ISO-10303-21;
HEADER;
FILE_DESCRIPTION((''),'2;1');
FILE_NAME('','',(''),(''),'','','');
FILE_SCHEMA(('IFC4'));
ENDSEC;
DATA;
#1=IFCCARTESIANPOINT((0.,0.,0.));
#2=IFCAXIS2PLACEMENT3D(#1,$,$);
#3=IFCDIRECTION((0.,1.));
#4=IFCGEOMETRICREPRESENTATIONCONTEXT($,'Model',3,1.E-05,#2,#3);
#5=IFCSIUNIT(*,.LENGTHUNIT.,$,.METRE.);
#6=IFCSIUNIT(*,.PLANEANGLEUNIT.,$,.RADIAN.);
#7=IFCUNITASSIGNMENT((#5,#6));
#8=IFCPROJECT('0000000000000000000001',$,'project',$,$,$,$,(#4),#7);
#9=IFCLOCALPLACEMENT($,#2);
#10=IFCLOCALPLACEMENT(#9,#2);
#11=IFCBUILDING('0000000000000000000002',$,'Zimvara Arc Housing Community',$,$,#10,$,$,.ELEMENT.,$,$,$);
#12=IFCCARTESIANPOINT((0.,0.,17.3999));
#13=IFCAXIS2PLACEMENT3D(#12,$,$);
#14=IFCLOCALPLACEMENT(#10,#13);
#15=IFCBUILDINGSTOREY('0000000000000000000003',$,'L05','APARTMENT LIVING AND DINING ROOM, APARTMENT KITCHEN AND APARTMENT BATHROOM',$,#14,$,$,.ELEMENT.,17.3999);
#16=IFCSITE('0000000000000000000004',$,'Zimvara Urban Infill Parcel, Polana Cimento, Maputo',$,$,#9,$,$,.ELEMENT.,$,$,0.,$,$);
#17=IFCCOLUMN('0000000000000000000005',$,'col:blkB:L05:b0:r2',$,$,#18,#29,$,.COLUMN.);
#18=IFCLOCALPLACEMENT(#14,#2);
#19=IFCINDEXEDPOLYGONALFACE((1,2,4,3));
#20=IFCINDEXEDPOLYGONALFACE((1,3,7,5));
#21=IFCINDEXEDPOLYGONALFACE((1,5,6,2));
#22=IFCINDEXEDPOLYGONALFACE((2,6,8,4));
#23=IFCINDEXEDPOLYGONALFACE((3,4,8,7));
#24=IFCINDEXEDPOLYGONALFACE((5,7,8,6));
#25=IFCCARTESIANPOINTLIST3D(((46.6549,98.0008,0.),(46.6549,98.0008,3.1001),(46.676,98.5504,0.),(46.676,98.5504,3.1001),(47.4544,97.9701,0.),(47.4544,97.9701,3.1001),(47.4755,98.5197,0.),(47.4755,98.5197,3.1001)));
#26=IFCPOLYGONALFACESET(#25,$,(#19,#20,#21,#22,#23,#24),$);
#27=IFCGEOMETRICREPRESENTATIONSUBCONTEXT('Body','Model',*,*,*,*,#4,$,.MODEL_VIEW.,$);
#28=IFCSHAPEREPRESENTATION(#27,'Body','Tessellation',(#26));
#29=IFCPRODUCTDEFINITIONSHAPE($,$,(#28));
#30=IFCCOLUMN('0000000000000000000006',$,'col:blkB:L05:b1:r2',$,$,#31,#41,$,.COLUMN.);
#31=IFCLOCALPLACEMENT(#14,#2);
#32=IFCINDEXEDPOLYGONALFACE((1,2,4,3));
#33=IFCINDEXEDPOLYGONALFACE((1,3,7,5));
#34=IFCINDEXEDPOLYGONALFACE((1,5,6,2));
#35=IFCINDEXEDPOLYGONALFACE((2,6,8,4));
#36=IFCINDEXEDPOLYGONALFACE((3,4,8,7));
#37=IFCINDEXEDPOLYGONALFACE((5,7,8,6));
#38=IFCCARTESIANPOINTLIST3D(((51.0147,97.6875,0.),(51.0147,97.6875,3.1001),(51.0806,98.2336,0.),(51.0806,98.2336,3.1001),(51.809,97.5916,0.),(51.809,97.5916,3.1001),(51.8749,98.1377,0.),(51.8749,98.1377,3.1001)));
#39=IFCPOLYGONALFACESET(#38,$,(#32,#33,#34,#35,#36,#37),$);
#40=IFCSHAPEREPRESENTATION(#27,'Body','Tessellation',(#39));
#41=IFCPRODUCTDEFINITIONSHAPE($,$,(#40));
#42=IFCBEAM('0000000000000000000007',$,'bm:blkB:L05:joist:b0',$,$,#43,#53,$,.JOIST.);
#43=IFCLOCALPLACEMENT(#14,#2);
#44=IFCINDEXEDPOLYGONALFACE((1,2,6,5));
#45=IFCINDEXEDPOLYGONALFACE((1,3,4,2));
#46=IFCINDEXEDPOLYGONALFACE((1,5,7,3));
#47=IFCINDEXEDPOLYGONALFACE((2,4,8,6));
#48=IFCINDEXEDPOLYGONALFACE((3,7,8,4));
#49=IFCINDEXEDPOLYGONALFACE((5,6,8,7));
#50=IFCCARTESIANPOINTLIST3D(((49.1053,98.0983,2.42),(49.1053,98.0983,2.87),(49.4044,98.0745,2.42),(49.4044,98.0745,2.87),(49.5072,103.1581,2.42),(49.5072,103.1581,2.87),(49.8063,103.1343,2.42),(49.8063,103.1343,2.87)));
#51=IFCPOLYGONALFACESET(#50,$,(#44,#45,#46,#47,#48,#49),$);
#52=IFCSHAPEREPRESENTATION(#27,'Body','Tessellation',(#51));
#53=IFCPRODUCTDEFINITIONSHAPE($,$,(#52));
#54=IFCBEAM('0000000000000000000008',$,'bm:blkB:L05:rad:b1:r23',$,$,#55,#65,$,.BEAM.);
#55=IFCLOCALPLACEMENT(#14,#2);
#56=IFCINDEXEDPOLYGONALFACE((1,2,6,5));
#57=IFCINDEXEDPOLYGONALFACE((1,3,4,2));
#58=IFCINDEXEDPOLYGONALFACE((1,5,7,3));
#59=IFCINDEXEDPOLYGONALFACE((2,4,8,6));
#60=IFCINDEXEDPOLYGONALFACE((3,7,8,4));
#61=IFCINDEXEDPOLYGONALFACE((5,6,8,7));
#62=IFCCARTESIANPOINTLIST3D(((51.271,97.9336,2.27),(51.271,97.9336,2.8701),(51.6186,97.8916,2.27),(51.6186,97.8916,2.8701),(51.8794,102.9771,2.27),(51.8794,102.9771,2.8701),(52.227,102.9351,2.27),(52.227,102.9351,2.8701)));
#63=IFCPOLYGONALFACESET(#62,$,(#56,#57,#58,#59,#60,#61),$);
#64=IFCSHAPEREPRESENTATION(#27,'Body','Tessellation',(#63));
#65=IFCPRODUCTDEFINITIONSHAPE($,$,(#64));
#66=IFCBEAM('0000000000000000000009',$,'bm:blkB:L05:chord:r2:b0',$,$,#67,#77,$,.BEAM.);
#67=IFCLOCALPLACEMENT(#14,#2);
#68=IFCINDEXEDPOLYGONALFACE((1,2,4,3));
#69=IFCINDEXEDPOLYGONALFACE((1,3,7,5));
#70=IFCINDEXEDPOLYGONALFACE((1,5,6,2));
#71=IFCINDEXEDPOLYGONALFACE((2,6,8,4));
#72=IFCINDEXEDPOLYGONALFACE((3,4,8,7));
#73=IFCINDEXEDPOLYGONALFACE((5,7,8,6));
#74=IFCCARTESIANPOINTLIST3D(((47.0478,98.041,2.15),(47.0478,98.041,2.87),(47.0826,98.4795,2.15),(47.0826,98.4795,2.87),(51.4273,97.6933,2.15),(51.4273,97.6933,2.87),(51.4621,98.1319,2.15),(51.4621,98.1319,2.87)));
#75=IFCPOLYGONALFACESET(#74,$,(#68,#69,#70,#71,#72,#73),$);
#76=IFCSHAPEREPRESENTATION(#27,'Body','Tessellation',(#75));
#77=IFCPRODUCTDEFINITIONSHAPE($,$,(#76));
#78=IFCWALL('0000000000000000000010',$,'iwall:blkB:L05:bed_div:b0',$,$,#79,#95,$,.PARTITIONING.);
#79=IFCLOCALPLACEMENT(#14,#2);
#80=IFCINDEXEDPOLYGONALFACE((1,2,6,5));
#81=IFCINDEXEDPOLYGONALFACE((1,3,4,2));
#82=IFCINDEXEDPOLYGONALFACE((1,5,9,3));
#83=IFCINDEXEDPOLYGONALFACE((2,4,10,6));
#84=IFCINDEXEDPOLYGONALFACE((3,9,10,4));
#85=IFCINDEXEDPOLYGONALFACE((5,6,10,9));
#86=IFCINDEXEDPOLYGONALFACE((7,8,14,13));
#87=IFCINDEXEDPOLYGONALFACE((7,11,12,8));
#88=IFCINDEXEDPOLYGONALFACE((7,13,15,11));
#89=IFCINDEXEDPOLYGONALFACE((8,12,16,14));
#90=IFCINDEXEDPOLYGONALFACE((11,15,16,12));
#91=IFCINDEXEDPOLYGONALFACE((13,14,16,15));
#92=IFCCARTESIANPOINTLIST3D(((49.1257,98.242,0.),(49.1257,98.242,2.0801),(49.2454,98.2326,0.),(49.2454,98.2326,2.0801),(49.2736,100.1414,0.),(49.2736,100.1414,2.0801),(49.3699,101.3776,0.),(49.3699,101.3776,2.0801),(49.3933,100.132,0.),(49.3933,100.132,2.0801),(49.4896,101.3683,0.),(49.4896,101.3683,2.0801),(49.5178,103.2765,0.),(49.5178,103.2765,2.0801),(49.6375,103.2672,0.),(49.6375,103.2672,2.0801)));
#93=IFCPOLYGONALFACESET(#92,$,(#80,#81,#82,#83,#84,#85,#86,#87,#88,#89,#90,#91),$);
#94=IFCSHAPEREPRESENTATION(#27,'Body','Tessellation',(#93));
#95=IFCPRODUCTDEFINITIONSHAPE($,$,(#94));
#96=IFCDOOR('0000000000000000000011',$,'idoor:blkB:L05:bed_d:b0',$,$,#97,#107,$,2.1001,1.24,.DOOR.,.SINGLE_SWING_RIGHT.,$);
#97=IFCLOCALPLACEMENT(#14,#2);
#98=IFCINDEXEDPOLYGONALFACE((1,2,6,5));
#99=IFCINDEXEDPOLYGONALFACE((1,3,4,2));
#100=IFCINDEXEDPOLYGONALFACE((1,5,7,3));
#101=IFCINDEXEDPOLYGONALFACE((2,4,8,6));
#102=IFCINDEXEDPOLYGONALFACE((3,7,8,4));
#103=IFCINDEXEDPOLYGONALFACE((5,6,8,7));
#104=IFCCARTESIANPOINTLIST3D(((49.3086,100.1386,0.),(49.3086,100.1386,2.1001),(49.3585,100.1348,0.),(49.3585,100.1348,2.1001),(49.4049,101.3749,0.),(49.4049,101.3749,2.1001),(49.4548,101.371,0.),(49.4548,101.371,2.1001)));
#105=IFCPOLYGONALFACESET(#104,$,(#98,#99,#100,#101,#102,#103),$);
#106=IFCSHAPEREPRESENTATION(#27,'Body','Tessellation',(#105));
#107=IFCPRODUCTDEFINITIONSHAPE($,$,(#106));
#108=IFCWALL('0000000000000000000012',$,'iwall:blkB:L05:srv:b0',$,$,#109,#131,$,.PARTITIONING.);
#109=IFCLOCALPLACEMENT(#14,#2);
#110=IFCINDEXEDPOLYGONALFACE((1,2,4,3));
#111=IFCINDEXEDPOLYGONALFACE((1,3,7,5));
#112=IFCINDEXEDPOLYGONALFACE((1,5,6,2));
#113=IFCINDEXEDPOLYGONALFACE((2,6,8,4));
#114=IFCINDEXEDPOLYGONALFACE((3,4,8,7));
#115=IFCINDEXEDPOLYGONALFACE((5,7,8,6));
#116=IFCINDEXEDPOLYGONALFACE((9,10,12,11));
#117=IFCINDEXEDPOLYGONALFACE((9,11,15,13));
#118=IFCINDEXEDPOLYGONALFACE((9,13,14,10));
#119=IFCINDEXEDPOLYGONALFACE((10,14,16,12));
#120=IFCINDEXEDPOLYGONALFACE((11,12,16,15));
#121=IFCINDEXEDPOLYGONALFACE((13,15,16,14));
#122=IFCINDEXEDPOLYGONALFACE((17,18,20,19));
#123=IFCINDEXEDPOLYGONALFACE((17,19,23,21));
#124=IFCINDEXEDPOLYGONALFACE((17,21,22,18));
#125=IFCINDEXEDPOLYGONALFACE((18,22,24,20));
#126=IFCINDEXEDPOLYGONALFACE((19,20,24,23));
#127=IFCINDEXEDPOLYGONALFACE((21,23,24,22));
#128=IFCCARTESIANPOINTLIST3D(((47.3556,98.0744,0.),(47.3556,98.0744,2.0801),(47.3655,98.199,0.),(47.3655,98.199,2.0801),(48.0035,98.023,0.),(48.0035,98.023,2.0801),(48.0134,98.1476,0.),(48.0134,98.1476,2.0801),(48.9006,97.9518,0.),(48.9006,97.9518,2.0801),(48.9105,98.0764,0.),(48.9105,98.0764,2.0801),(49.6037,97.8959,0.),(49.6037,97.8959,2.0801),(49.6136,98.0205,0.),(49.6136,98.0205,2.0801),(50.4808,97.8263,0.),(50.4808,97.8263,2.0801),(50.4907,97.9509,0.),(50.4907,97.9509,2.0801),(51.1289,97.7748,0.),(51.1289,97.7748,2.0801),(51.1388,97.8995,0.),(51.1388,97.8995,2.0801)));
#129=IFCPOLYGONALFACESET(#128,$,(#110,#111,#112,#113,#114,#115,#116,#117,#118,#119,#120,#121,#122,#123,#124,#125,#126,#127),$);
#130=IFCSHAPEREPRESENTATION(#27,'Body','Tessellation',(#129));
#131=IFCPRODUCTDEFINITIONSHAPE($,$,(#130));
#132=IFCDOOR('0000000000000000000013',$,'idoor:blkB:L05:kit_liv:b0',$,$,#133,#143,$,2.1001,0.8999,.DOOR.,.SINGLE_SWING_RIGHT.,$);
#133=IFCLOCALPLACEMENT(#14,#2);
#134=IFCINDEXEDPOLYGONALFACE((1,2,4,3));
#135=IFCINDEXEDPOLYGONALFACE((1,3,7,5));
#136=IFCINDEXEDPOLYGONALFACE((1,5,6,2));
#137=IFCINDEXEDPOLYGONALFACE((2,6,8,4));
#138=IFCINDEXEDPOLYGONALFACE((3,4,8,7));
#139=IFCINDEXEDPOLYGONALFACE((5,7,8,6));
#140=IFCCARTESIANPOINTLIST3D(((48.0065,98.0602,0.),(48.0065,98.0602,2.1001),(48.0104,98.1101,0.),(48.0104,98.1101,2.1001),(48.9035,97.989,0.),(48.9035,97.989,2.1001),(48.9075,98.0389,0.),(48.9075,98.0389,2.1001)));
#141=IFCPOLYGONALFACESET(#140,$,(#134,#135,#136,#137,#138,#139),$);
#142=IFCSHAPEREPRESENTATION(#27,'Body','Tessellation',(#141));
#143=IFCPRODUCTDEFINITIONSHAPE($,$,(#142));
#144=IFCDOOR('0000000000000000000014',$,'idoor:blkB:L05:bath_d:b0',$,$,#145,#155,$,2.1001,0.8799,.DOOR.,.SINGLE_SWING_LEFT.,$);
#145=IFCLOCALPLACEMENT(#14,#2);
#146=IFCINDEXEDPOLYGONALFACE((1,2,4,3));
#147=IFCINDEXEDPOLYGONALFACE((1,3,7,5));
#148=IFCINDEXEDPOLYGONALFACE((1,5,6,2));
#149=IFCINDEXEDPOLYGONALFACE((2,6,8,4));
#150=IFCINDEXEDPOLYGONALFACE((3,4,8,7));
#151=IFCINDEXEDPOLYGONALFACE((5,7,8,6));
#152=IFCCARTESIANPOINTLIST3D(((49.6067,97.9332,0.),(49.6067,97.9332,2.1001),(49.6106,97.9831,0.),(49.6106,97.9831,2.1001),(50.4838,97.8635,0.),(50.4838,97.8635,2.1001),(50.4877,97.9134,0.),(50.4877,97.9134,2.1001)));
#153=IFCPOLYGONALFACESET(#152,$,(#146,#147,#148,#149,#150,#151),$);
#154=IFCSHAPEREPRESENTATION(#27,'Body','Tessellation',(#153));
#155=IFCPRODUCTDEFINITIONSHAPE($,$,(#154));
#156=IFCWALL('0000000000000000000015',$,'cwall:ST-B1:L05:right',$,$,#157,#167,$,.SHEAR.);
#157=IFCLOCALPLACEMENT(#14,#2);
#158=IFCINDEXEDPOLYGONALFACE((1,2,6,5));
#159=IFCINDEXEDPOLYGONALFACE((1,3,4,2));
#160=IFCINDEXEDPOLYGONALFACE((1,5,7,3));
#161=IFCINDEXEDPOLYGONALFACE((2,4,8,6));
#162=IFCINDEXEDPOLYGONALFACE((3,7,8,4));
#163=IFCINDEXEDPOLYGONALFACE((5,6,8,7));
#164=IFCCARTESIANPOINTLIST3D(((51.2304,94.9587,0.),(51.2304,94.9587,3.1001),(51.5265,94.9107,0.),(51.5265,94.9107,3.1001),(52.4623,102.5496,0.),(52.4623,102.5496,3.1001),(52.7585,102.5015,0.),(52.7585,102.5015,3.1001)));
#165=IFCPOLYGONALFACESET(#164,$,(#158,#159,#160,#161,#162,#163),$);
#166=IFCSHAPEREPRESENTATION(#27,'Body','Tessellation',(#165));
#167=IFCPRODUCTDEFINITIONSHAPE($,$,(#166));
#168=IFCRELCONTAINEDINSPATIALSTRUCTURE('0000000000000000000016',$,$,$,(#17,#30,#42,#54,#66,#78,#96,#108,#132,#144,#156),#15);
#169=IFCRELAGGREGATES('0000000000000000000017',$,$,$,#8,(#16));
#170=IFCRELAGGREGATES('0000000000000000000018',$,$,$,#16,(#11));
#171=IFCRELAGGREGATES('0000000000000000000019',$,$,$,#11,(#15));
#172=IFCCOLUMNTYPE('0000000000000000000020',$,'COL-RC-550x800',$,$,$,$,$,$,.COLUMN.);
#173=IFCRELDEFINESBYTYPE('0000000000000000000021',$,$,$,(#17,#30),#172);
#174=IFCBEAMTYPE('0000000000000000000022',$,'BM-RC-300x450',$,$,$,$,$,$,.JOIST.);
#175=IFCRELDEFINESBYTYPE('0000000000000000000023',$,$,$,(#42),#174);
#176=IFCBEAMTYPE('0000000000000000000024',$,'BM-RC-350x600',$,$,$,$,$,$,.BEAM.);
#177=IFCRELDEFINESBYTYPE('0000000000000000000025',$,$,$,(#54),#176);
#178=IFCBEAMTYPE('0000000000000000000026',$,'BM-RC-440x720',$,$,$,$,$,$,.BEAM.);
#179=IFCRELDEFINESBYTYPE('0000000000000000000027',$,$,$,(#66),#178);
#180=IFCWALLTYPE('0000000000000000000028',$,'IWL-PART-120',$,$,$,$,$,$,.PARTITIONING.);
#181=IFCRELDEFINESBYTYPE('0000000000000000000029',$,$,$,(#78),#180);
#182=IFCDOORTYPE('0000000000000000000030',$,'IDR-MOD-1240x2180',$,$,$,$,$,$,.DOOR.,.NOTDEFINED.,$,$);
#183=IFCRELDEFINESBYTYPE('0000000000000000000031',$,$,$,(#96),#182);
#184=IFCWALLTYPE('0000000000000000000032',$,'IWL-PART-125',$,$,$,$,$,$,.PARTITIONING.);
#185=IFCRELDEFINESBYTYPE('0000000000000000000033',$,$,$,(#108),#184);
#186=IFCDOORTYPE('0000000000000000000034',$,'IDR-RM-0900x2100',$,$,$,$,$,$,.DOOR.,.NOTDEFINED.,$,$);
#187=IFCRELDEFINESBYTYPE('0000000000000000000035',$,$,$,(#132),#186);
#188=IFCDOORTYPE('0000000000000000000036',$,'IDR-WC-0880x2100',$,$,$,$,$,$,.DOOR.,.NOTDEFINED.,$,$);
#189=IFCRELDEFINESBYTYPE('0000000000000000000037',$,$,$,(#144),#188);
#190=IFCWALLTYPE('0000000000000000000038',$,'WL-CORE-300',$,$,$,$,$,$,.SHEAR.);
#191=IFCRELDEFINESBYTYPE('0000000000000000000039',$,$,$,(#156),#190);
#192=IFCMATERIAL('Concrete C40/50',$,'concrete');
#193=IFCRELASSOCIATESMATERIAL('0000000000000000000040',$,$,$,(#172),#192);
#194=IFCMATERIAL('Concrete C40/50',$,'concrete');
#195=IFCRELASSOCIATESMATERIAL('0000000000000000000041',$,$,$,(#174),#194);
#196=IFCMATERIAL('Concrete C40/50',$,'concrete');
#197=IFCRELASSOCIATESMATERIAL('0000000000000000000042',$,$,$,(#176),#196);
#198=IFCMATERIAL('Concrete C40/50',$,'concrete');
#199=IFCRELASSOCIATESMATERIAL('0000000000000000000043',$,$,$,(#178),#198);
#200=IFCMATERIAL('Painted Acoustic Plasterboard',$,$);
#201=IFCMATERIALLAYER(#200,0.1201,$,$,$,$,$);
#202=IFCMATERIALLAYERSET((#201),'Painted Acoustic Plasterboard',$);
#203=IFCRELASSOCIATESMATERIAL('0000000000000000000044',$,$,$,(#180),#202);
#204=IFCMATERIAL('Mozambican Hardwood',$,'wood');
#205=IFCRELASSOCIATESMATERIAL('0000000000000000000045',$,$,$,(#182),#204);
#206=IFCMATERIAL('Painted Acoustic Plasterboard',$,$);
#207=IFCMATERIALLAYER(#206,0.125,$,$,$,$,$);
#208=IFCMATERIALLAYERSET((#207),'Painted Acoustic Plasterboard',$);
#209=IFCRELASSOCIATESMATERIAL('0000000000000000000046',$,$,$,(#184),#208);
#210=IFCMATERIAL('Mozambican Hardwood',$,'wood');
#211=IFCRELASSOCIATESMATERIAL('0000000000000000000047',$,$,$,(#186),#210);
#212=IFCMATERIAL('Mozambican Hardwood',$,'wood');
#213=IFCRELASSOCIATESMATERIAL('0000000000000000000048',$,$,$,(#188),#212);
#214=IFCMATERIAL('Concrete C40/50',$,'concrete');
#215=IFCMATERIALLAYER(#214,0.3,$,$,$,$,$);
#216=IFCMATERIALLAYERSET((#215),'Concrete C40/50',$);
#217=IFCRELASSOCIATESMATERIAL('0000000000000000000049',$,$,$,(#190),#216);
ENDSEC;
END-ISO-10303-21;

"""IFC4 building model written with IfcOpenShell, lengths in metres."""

from ifc_helpers import new_model, si_unit, direction, frame, frame_2d, origin, origin_2d, place, context, subcontext, project, spatial, rectangle, extrude, material, layer, layer_set, material_profile, profile_set, type_object, element, fill, save


model = new_model("IFC4")

# Units and contexts
model_context = context("Model", 3, precision=1e-05, world=origin(), true_north=direction((0.0, 1.0)))
body_context = subcontext(model_context, "Body", "Model", "MODEL_VIEW")
ifc_project = project(units=[si_unit("LENGTHUNIT", "METRE"), si_unit("PLANEANGLEUNIT", "RADIAN")], contexts=[model_context])

# Site, building, storey
site_placement = place(None, origin())
site = spatial("IfcSite", under=ifc_project, at=site_placement, Name="Zimvara Urban Infill Parcel, Polana Cimento, Maputo", CompositionType="ELEMENT", RefElevation=0.0)
building_placement = place(site_placement, origin())
building = spatial("IfcBuilding", under=site, at=building_placement, Name="Zimvara Arc Housing Community", CompositionType="ELEMENT")
storey_placement = place(building_placement, frame((0.0, 0.0, 17.3999)))
storey = spatial("IfcBuildingStorey", under=building, at=storey_placement, Name="L05", Description="APARTMENT LIVING AND DINING ROOM, APARTMENT KITCHEN AND APARTMENT BATHROOM", CompositionType="ELEMENT", Elevation=17.3999)

# Columns
ifc_material_1 = material(Name="Concrete C40/50", Category="concrete")
ifc_material_profile_1 = material_profile(ifc_material_1, rectangle(XDim=0.55, YDim=0.8, at=origin_2d()), Name="RC 550x800")
ifc_profile_set_1 = profile_set([ifc_material_profile_1], Name="Concrete C40/50")
column_type = type_object("IfcColumnType", Name="COL-RC-550x800", PredefinedType="COLUMN", material=ifc_profile_set_1)
for number, where, z_axis, x_axis, name in (
    (1, (47.0652, 98.2603, 0.0), (0.0, 0.0, 1.0), (0.038388, 0.999263, 0.0), "col:blkB:L05:b0:r2"),
    (2, (51.4448, 97.9126, 0.0), (0.0, 0.0, 1.0), (0.11979, 0.992799, 0.0), "col:blkB:L05:b1:r2"),
):
    element("IfcColumn", number, at=place(storey_placement, frame(where, z_axis=z_axis, x_axis=x_axis)), inside=storey, type_object=column_type, Name=name, PredefinedType="COLUMN", context=body_context, shape_type="SweptSolid", body=[
        extrude(rectangle(XDim=0.55, YDim=0.8, at=origin_2d()), origin(), (0.0, 0.0, 1.0), 3.1001),
    ])

# Beams
ifc_material_2 = material(Name="Concrete C40/50", Category="concrete")
ifc_material_profile_2 = material_profile(ifc_material_2, rectangle(XDim=0.3, YDim=0.45, at=origin_2d()), Name="RC 300x450")
ifc_profile_set_2 = profile_set([ifc_material_profile_2], Name="Concrete C40/50")
beam_type_1 = type_object("IfcBeamType", Name="BM-RC-300x450", PredefinedType="JOIST", material=ifc_profile_set_2)
beam_1_placement = place(storey_placement, frame((49.2549, 98.0864, 2.645), z_axis=(0.079172, 0.996861, 0.0), x_axis=(-0.996861, 0.079172, 0.0)))
element("IfcBeam", 3, at=beam_1_placement, inside=storey, type_object=beam_type_1, Name="bm:blkB:L05:joist:b0", PredefinedType="JOIST", context=body_context, shape_type="SweptSolid", body=[
    extrude(rectangle(XDim=0.3, YDim=0.45, at=origin_2d()), origin(), (0.0, 0.0, 1.0), 5.0757),
])
ifc_material_3 = material(Name="Concrete C40/50", Category="concrete")
ifc_material_profile_3 = material_profile(ifc_material_3, rectangle(XDim=0.3501, YDim=0.6001, at=origin_2d()), Name="RC 350x600")
ifc_profile_set_3 = profile_set([ifc_material_profile_3], Name="Concrete C40/50")
beam_type_2 = type_object("IfcBeamType", Name="BM-RC-350x600", PredefinedType="BEAM", material=ifc_profile_set_3)
beam_2_placement = place(storey_placement, frame((51.4448, 97.9126, 2.5701), z_axis=(0.119763, 0.992803, 0.0), x_axis=(-0.992803, 0.119763, 0.0)))
element("IfcBeam", 4, at=beam_2_placement, inside=storey, type_object=beam_type_2, Name="bm:blkB:L05:rad:b1:r23", PredefinedType="BEAM", context=body_context, shape_type="SweptSolid", body=[
    extrude(rectangle(XDim=0.3501, YDim=0.6001, at=origin_2d()), origin(), (0.0, 0.0, 1.0), 5.0801),
])
ifc_material_4 = material(Name="Concrete C40/50", Category="concrete")
ifc_material_profile_4 = material_profile(ifc_material_4, rectangle(XDim=0.4399, YDim=0.72, at=origin_2d()), Name="RC 440x720")
ifc_profile_set_4 = profile_set([ifc_material_profile_4], Name="Concrete C40/50")
beam_type_3 = type_object("IfcBeamType", Name="BM-RC-440x720", PredefinedType="BEAM", material=ifc_profile_set_4)
beam_3_placement = place(storey_placement, frame((47.0652, 98.2603, 2.51), z_axis=(0.996864, -0.079131, 0.0), x_axis=(0.079131, 0.996864, 0.0)))
element("IfcBeam", 5, at=beam_3_placement, inside=storey, type_object=beam_type_3, Name="bm:blkB:L05:chord:r2:b0", PredefinedType="BEAM", context=body_context, shape_type="SweptSolid", body=[
    extrude(rectangle(XDim=0.4399, YDim=0.72, at=origin_2d()), origin(), (0.0, 0.0, 1.0), 4.3933),
])

# Wall, opening, door
ifc_material_5 = material(Name="Painted Acoustic Plasterboard")
ifc_layer_1 = layer(ifc_material_5, 0.1201)
ifc_layer_set_1 = layer_set([ifc_layer_1], Name="Painted Acoustic Plasterboard")
wall_type_1 = type_object("IfcWallType", Name="IWL-PART-120", PredefinedType="PARTITIONING", material=ifc_layer_set_1)
wall_1_placement = place(storey_placement, frame((49.1855, 98.2373, 0.0), z_axis=(0.0, 0.0, 1.0), x_axis=(0.077643, 0.996981, 0.0)))
wall_1 = element("IfcWall", 6, at=wall_1_placement, inside=storey, type_object=wall_type_1, Name="iwall:blkB:L05:bed_div:b0", PredefinedType="PARTITIONING", context=body_context, shape_type="SweptSolid", body=[
    extrude(rectangle(XDim=5.0498, YDim=0.1201, at=frame_2d((2.5249, 0.0))), origin(), (0.0, 0.0, 1.0), 2.0801),
])
opening_1_placement = place(wall_1_placement, frame((1.905, 0.0, 0.0)))
opening_1 = element("IfcOpeningElement", 7, at=opening_1_placement, cuts=wall_1, PredefinedType="OPENING", context=body_context, shape_type="SweptSolid", body=[
    extrude(rectangle(XDim=1.24, YDim=2.1001, at=frame_2d((0.6201, 1.05))), frame((0.0, 0.0701, 0.0), z_axis=(0.0, -1.0, 0.0), x_axis=(1.0, 0.0, 0.0)), (0.0, 0.0, 1.0), 0.1401),
])
ifc_material_6 = material(Name="Mozambican Hardwood", Category="wood")
door_type_1 = type_object("IfcDoorType", Name="IDR-MOD-1240x2180", OperationType="NOTDEFINED", PredefinedType="DOOR", material=ifc_material_6)
door_1_placement = place(opening_1_placement, origin())
door_1 = element("IfcDoor", 8, at=door_1_placement, inside=storey, type_object=door_type_1, Name="idoor:blkB:L05:bed_d:b0", OperationType="SINGLE_SWING_RIGHT", OverallHeight=2.1001, OverallWidth=1.24, PredefinedType="DOOR", context=body_context, shape_type="SweptSolid", body=[
    extrude(rectangle(XDim=1.24, YDim=2.1001, at=frame_2d((0.6201, 1.05))), frame((0.0, 0.0249, 0.0), z_axis=(0.0, -1.0, 0.0), x_axis=(1.0, 0.0, 0.0)), (0.0, 0.0, 1.0), 0.05),
])
fill(opening_1, door_1)

# Wall, openings, doors
ifc_material_7 = material(Name="Painted Acoustic Plasterboard")
ifc_layer_2 = layer(ifc_material_7, 0.125)
ifc_layer_set_2 = layer_set([ifc_layer_2], Name="Painted Acoustic Plasterboard")
wall_type_2 = type_object("IfcWallType", Name="IWL-PART-125", PredefinedType="PARTITIONING", material=ifc_layer_set_2)
wall_2_placement = place(storey_placement, frame((47.3606, 98.1367, 0.0), z_axis=(0.0, 0.0, 1.0), x_axis=(0.996863, -0.079143, 0.0)))
wall_2 = element("IfcWall", 9, at=wall_2_placement, inside=storey, type_object=wall_type_2, Name="iwall:blkB:L05:srv:b0", PredefinedType="PARTITIONING", context=body_context, shape_type="SweptSolid", body=[
    extrude(rectangle(XDim=3.7852, YDim=0.125, at=frame_2d((1.8926, 0.0))), origin(), (0.0, 0.0, 1.0), 2.0801),
])
opening_2_placement = place(wall_2_placement, frame((0.6499, 0.0, 0.0)))
opening_2 = element("IfcOpeningElement", 10, at=opening_2_placement, cuts=wall_2, PredefinedType="OPENING", context=body_context, shape_type="SweptSolid", body=[
    extrude(rectangle(XDim=0.8999, YDim=2.1001, at=frame_2d((0.45, 1.05))), frame((0.0, 0.0725, 0.0), z_axis=(0.0, -1.0, 0.0), x_axis=(1.0, 0.0, 0.0)), (0.0, 0.0, 1.0), 0.145),
])
opening_3_placement = place(wall_2_placement, frame((2.2551, 0.0, 0.0)))
opening_3 = element("IfcOpeningElement", 11, at=opening_3_placement, cuts=wall_2, PredefinedType="OPENING", context=body_context, shape_type="SweptSolid", body=[
    extrude(rectangle(XDim=0.8799, YDim=2.1001, at=frame_2d((0.4399, 1.05))), frame((0.0, 0.0725, 0.0), z_axis=(0.0, -1.0, 0.0), x_axis=(1.0, 0.0, 0.0)), (0.0, 0.0, 1.0), 0.145),
])
ifc_material_8 = material(Name="Mozambican Hardwood", Category="wood")
door_type_2 = type_object("IfcDoorType", Name="IDR-RM-0900x2100", OperationType="NOTDEFINED", PredefinedType="DOOR", material=ifc_material_8)
door_2_placement = place(opening_2_placement, origin())
door_2 = element("IfcDoor", 12, at=door_2_placement, inside=storey, type_object=door_type_2, Name="idoor:blkB:L05:kit_liv:b0", OperationType="SINGLE_SWING_RIGHT", OverallHeight=2.1001, OverallWidth=0.8999, PredefinedType="DOOR", context=body_context, shape_type="SweptSolid", body=[
    extrude(rectangle(XDim=0.8999, YDim=2.1001, at=frame_2d((0.45, 1.05))), frame((0.0, 0.0249, 0.0), z_axis=(0.0, -1.0, 0.0), x_axis=(1.0, 0.0, 0.0)), (0.0, 0.0, 1.0), 0.05),
])
fill(opening_2, door_2)
ifc_material_9 = material(Name="Mozambican Hardwood", Category="wood")
door_type_3 = type_object("IfcDoorType", Name="IDR-WC-0880x2100", OperationType="NOTDEFINED", PredefinedType="DOOR", material=ifc_material_9)
door_3_placement = place(opening_3_placement, origin())
door_3 = element("IfcDoor", 13, at=door_3_placement, inside=storey, type_object=door_type_3, Name="idoor:blkB:L05:bath_d:b0", OperationType="SINGLE_SWING_LEFT", OverallHeight=2.1001, OverallWidth=0.8799, PredefinedType="DOOR", context=body_context, shape_type="SweptSolid", body=[
    extrude(rectangle(XDim=0.8799, YDim=2.1001, at=frame_2d((0.4399, 1.05))), frame((0.0, 0.0249, 0.0), z_axis=(0.0, -1.0, 0.0), x_axis=(1.0, 0.0, 0.0)), (0.0, 0.0, 1.0), 0.05),
])
fill(opening_3, door_3)

# Wall
ifc_material_10 = material(Name="Concrete C40/50", Category="concrete")
ifc_layer_3 = layer(ifc_material_10, 0.3)
ifc_layer_set_3 = layer_set([ifc_layer_3], Name="Concrete C40/50")
wall_type_3 = type_object("IfcWallType", Name="WL-CORE-300", PredefinedType="SHEAR", material=ifc_layer_set_3)
wall_3_placement = place(storey_placement, frame((51.3784, 94.9346, 0.0), z_axis=(0.0, 0.0, 1.0), x_axis=(0.160197, 0.987085, 0.0)))
element("IfcWall", 14, at=wall_3_placement, inside=storey, type_object=wall_type_3, Name="cwall:ST-B1:L05:right", PredefinedType="SHEAR", context=body_context, shape_type="SweptSolid", body=[
    extrude(rectangle(XDim=7.6902, YDim=0.3, at=frame_2d((3.8452, 0.0))), origin(), (0.0, 0.0, 1.0), 3.1001),
])

save(model, "model.ifc")
